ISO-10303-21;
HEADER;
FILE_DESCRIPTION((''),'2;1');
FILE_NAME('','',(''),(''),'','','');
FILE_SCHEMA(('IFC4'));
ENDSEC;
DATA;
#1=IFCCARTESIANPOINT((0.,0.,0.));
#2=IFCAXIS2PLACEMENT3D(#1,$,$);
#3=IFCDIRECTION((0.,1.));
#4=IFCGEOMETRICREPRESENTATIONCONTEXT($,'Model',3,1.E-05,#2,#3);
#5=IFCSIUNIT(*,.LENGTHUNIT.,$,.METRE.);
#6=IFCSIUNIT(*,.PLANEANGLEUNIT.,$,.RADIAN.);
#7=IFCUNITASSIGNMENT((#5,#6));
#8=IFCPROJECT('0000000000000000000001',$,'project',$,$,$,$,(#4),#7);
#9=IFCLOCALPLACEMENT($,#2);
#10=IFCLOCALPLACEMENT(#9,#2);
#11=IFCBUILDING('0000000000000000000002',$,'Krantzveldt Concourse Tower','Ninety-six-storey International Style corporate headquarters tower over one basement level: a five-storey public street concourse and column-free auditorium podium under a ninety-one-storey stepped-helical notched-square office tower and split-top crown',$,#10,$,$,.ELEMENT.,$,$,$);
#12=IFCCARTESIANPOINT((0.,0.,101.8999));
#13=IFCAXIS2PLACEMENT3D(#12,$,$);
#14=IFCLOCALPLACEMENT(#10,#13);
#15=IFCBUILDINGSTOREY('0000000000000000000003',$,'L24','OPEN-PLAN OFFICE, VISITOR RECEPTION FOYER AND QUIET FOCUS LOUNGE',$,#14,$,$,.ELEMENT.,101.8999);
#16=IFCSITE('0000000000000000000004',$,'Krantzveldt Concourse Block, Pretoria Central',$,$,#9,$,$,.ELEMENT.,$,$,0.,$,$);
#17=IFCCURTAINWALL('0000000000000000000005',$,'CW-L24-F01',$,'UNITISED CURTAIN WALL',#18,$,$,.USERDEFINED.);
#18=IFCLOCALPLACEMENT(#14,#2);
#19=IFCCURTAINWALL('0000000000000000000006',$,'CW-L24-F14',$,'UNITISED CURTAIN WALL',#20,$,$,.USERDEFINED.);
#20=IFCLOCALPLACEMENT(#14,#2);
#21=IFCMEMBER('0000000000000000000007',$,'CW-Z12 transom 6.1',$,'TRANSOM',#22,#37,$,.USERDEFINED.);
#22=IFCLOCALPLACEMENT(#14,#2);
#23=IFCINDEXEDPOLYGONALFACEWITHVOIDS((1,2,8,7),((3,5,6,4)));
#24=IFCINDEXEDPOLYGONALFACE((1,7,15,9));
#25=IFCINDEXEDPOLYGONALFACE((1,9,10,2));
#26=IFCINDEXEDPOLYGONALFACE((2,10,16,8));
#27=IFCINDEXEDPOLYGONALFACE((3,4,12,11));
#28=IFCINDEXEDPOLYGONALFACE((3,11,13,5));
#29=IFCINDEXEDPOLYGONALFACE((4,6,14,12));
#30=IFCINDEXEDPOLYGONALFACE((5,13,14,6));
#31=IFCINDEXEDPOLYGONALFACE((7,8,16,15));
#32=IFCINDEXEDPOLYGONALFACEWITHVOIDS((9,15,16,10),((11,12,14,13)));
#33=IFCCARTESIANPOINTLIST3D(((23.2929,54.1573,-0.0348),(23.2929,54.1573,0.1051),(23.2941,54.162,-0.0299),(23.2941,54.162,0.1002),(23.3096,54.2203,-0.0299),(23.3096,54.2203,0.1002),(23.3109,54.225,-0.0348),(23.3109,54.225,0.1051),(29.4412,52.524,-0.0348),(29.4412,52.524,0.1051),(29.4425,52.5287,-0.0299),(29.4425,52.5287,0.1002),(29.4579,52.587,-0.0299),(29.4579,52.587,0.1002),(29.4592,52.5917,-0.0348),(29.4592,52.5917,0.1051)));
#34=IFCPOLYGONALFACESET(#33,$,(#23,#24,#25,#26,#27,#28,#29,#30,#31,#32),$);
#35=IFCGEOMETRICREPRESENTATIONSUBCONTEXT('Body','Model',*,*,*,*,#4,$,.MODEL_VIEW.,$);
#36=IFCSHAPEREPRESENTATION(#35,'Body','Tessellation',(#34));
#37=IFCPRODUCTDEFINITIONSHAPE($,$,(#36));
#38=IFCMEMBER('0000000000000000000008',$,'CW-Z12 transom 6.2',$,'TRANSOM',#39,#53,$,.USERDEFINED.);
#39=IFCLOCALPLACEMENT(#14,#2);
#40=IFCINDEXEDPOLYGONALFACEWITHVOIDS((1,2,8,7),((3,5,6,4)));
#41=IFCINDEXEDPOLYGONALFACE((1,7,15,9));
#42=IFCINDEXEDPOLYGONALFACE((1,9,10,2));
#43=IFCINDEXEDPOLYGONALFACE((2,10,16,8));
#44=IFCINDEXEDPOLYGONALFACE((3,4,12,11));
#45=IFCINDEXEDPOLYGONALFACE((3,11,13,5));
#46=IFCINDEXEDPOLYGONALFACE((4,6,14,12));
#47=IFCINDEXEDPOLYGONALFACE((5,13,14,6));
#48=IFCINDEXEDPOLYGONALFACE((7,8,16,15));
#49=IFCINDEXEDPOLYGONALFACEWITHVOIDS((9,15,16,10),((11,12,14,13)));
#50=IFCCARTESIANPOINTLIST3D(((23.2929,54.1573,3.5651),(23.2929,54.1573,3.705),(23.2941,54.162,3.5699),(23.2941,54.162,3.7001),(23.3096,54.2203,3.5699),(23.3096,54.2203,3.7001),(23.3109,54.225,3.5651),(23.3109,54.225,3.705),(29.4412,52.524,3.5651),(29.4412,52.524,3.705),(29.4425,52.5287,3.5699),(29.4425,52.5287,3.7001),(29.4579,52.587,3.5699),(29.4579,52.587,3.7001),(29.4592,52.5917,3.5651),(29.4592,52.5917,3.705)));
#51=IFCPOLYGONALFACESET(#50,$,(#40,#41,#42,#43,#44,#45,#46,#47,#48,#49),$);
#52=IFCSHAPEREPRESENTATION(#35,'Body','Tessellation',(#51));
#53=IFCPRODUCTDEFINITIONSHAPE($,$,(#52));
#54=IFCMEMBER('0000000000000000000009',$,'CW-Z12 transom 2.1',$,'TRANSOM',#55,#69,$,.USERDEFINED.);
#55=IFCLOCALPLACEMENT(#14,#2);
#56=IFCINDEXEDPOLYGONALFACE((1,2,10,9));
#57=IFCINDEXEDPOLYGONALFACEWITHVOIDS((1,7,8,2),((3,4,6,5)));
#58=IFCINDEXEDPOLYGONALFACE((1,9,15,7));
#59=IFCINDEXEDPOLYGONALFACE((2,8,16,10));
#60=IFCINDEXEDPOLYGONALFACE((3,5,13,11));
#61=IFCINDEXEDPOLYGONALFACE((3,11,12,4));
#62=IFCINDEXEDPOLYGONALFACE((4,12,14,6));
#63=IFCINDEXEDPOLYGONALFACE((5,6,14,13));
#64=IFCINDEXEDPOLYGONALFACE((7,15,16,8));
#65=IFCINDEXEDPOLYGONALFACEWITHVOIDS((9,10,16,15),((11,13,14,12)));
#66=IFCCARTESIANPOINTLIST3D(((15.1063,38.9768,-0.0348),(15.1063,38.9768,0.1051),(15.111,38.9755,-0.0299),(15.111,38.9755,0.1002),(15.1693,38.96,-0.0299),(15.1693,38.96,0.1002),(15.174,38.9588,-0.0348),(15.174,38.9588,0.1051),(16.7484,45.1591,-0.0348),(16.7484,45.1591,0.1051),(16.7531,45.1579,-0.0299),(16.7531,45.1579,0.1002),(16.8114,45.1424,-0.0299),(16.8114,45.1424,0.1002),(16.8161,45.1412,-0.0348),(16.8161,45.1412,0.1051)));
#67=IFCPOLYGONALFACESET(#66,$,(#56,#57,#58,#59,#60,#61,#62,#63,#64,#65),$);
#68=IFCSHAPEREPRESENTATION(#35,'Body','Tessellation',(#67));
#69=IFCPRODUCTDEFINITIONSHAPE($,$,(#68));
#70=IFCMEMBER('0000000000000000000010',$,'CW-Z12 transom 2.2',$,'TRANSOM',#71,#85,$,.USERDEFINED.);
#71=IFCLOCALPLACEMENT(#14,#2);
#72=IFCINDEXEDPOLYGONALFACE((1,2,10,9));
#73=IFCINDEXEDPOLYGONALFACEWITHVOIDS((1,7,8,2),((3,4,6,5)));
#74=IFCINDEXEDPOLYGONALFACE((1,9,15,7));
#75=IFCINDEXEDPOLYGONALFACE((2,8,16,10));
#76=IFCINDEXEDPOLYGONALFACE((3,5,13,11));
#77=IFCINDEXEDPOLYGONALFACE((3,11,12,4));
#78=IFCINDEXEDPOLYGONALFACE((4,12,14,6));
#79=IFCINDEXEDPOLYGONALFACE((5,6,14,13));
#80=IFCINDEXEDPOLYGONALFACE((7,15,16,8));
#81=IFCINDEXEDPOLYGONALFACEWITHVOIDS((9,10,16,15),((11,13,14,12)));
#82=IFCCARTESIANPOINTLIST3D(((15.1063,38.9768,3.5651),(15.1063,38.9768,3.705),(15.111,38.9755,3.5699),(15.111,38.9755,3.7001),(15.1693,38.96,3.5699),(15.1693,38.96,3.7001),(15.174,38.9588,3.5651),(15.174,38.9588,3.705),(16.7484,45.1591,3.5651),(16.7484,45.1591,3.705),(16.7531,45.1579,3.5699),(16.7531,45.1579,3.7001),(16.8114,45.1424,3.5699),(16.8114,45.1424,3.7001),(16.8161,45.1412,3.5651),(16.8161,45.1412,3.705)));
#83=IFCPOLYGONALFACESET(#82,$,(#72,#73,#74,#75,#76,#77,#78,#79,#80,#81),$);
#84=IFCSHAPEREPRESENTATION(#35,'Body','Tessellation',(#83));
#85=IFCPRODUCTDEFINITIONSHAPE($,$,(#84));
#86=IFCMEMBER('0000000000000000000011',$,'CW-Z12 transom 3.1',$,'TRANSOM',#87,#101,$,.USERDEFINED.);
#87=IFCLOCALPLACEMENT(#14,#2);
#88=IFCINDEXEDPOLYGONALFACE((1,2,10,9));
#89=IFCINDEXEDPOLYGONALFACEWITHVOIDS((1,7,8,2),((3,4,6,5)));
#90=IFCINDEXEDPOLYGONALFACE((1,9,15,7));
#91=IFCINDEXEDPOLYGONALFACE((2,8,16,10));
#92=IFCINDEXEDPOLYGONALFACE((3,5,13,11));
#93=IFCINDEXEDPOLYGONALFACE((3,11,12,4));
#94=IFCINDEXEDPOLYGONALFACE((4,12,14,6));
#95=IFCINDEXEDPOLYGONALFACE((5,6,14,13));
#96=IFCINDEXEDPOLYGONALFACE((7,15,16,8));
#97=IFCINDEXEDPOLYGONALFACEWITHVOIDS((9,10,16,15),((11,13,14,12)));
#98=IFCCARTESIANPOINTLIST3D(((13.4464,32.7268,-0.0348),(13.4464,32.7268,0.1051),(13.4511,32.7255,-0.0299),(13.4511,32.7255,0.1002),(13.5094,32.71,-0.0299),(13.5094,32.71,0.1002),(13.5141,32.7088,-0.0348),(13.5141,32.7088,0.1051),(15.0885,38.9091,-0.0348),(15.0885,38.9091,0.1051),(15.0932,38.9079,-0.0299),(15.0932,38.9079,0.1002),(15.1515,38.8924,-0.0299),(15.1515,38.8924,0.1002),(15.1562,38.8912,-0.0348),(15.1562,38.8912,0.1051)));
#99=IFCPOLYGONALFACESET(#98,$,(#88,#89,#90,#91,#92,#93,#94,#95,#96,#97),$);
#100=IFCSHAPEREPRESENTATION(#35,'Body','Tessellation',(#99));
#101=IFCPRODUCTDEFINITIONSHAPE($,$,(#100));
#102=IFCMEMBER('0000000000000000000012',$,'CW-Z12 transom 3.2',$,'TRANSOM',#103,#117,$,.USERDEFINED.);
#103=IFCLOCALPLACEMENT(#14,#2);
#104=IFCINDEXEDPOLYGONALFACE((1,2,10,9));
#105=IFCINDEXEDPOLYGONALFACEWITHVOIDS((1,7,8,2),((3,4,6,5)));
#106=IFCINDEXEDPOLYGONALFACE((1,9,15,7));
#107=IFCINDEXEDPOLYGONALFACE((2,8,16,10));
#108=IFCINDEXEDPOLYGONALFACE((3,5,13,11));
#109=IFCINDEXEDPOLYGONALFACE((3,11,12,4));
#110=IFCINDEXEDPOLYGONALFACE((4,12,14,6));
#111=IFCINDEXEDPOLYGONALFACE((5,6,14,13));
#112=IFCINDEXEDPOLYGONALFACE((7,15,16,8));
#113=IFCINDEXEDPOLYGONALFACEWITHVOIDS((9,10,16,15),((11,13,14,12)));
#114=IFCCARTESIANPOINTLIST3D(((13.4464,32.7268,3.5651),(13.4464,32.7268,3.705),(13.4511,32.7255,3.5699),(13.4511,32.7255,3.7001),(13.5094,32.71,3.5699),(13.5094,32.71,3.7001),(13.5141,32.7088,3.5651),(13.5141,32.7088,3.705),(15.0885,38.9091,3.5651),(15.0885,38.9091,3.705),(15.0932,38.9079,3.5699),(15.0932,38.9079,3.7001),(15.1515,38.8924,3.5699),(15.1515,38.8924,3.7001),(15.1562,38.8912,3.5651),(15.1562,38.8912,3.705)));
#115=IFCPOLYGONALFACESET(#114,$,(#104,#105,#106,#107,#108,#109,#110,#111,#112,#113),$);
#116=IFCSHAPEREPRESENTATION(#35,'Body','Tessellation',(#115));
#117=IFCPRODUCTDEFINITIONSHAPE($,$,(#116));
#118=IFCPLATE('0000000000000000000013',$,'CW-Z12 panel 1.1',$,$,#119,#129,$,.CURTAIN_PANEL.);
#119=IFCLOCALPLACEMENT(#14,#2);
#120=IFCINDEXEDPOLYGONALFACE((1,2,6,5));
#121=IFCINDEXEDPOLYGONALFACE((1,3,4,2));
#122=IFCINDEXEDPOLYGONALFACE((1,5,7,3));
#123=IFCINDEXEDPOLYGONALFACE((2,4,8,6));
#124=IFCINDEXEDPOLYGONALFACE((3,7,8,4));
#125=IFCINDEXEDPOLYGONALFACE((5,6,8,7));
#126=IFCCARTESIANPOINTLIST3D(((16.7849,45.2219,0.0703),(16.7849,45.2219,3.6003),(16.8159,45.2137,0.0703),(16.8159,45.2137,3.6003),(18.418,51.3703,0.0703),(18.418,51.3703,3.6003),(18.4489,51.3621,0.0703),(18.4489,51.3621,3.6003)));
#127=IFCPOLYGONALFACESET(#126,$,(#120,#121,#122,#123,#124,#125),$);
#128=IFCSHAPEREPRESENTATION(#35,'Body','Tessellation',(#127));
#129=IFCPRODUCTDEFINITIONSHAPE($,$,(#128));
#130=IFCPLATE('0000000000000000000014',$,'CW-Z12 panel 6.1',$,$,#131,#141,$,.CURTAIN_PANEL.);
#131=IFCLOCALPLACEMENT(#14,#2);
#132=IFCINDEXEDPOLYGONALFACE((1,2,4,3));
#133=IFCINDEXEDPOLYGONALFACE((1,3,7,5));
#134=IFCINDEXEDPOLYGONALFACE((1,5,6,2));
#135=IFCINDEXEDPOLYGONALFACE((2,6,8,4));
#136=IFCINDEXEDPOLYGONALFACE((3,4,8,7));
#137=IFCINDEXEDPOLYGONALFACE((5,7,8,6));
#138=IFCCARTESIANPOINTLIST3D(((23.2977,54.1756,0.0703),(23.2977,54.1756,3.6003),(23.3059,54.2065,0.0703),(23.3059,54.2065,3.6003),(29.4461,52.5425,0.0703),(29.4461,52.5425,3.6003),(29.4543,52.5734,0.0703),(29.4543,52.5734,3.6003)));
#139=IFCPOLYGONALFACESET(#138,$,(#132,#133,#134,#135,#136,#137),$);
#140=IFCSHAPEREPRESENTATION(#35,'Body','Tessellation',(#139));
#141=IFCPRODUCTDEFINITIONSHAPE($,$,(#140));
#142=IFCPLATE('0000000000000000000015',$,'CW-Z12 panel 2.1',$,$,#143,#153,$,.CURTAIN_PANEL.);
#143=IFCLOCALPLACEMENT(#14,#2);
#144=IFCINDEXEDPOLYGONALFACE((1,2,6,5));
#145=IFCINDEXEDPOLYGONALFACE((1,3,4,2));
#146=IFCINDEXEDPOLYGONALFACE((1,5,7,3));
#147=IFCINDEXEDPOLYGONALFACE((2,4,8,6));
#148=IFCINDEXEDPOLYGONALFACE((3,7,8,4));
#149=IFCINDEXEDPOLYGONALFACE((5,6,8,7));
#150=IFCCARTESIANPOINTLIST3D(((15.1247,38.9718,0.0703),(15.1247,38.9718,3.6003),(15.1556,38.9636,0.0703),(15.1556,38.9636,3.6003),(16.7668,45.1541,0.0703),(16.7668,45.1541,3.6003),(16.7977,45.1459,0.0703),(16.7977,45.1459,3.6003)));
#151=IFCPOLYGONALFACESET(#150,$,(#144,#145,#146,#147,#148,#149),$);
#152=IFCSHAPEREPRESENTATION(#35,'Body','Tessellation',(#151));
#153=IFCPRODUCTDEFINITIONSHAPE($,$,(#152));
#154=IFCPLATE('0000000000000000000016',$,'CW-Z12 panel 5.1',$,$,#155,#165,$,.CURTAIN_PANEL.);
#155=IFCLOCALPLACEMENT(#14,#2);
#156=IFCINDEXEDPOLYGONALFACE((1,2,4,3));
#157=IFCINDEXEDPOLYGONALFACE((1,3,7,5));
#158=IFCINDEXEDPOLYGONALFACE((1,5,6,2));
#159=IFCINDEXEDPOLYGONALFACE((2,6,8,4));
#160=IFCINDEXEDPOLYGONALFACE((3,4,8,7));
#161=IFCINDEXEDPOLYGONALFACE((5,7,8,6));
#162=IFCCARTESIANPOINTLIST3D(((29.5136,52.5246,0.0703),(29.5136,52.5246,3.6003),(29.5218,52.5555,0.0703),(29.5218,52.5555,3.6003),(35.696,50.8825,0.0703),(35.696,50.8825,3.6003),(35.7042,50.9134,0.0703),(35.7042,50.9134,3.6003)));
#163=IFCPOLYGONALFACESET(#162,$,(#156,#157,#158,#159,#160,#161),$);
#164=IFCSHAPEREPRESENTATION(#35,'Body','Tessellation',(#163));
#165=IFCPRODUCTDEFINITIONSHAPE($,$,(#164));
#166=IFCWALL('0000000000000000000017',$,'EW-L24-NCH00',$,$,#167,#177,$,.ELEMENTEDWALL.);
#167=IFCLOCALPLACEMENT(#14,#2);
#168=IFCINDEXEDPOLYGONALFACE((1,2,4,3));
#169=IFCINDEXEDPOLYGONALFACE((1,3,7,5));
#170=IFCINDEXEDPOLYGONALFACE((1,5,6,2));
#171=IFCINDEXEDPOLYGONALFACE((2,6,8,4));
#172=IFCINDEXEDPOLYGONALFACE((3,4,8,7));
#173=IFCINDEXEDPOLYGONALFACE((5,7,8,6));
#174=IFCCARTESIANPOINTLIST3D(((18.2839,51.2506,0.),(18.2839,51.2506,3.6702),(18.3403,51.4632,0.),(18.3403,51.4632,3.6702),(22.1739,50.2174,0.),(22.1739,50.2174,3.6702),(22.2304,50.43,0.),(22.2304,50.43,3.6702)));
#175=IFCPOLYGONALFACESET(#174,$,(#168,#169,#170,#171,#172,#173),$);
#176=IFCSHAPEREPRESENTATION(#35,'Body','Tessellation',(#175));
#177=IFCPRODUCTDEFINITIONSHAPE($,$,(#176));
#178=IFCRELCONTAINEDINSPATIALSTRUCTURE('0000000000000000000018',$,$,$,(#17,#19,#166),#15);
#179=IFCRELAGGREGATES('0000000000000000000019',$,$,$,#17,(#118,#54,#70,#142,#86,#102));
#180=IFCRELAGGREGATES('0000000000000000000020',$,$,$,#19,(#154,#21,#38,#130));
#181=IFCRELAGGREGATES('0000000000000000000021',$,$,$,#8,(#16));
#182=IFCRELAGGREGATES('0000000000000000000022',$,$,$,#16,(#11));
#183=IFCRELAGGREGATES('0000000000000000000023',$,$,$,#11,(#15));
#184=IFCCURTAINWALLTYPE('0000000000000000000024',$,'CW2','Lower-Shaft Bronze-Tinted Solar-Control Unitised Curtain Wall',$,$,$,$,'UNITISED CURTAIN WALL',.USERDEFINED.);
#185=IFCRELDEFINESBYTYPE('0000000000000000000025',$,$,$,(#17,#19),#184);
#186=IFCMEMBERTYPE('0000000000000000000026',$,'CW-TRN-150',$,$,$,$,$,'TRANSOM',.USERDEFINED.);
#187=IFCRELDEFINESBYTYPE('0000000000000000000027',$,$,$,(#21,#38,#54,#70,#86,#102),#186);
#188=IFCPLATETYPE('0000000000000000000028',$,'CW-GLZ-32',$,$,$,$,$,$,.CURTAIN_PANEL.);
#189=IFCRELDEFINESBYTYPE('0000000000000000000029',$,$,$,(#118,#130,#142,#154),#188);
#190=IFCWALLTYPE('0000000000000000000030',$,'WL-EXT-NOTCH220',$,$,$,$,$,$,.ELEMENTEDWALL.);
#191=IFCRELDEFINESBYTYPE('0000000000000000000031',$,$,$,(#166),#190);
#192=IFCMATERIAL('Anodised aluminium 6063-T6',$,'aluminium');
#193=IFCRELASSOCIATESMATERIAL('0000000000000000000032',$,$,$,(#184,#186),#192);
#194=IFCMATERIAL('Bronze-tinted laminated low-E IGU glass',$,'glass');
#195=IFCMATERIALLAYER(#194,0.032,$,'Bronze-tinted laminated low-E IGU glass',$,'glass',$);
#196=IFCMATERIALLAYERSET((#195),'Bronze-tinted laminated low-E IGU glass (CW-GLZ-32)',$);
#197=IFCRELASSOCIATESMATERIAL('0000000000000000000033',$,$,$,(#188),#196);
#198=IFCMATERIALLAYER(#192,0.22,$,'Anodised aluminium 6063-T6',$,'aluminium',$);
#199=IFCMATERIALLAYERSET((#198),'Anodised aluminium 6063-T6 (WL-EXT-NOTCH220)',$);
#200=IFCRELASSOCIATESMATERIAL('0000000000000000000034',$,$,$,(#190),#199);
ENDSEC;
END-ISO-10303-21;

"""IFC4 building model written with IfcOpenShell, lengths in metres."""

from ifc_helpers import new_model, si_unit, direction, frame, frame_2d, origin, origin_2d, place, context, subcontext, project, spatial, rectangle, hollow_rectangle, extrude, source, transform, mapped, material, layer, layer_set, material_profile, profile_set, type_object, type_shapes, element, aggregate, save


model = new_model("IFC4")

# Units and contexts
model_context = context("Model", 3, precision=1e-05, world=origin(), true_north=direction((0.0, 1.0)))
body_context = subcontext(model_context, "Body", "Model", "MODEL_VIEW")
ifc_project = project(units=[si_unit("LENGTHUNIT", "METRE"), si_unit("PLANEANGLEUNIT", "RADIAN")], contexts=[model_context])

# Site, building, storey
site_placement = place(None, origin())
site = spatial("IfcSite", under=ifc_project, at=site_placement, Name="Krantzveldt Concourse Block, Pretoria Central", CompositionType="ELEMENT", RefElevation=0.0)
building_placement = place(site_placement, origin())
building = spatial("IfcBuilding", under=site, at=building_placement, Name="Krantzveldt Concourse Tower", Description="Ninety-six-storey International Style corporate headquarters tower over one basement level: a five-storey public street concourse and column-free auditorium podium under a ninety-one-storey stepped-helical notched-square office tower and split-top crown", CompositionType="ELEMENT")
storey_placement = place(building_placement, frame((0.0, 0.0, 101.8999)))
storey = spatial("IfcBuildingStorey", under=building, at=storey_placement, Name="L24", Description="OPEN-PLAN OFFICE, VISITOR RECEPTION FOYER AND QUIET FOCUS LOUNGE", CompositionType="ELEMENT", Elevation=101.8999)

# Curtain walls
ifc_material_1 = material(Name="Anodised aluminium 6063-T6", Category="aluminium")
curtain_wall_type = type_object("IfcCurtainWallType", Name="CW2", Description="Lower-Shaft Bronze-Tinted Solar-Control Unitised Curtain Wall", ElementType="UNITISED CURTAIN WALL", PredefinedType="USERDEFINED", material=ifc_material_1)
curtain_wall_1_placement = place(storey_placement, origin())
curtain_wall_1 = element("IfcCurtainWall", 1, at=curtain_wall_1_placement, inside=storey, type_object=curtain_wall_type, Name="CW-L24-F01", ObjectType="UNITISED CURTAIN WALL", PredefinedType="USERDEFINED")
curtain_wall_2_placement = place(storey_placement, origin())
curtain_wall_2 = element("IfcCurtainWall", 2, at=curtain_wall_2_placement, inside=storey, type_object=curtain_wall_type, Name="CW-L24-F14", ObjectType="UNITISED CURTAIN WALL", PredefinedType="USERDEFINED")

# Members
ifc_material_profile_1 = material_profile(ifc_material_1, hollow_rectangle(XDim=0.0701, YDim=0.1399, WallThickness=0.0049, at=origin_2d()), Name="Anodised aluminium 6063-T6", Category="aluminium")
ifc_profile_set_1 = profile_set([ifc_material_profile_1], Name="Anodised aluminium 6063-T6 - ALU-TRAN 140x70x5")
member_type_1 = type_object("IfcMemberType", Name="CW-TRN-150", ElementType="TRANSOM", PredefinedType="USERDEFINED", material=ifc_profile_set_1)
shared_shape_1 = source(origin(), body_context, "Body", "SweptSolid", [
    extrude(hollow_rectangle(XDim=0.0701, YDim=0.1399, WallThickness=0.0049, at=origin_2d()), origin(), (0.0, 0.0, 1.0), 6.3616),
])
member_1_placement = place(storey_placement, frame((29.4502, 52.5579, 0.0352), z_axis=(-0.96648, 0.256741, 0.0), x_axis=(-0.256741, -0.96648, 0.0)))
member_1 = element("IfcMember", 3, at=member_1_placement, type_object=member_type_1, Name="CW-Z12 transom 6.1", ObjectType="TRANSOM", PredefinedType="USERDEFINED", context=body_context, shape_type="MappedRepresentation", body=[
    mapped(shared_shape_1, transform((0.0, 0.0, 0.0), x_axis=(1.0, 0.0, 0.0), y_axis=(0.0, 1.0, 0.0), z_axis=(0.0, 0.0, 1.0), scale=1.0)),
])
member_2_placement = place(storey_placement, frame((29.4502, 52.5579, 3.635), z_axis=(-0.96648, 0.256741, 0.0), x_axis=(-0.256741, -0.96648, 0.0)))
member_2 = element("IfcMember", 4, at=member_2_placement, type_object=member_type_1, Name="CW-Z12 transom 6.2", ObjectType="TRANSOM", PredefinedType="USERDEFINED", context=body_context, shape_type="MappedRepresentation", body=[
    mapped(shared_shape_1, transform((0.0, 0.0, 0.0), x_axis=(1.0, 0.0, 0.0), y_axis=(0.0, 1.0, 0.0), z_axis=(0.0, 0.0, 1.0), scale=1.0)),
])
shared_shape_2 = source(origin(), body_context, "Body", "SweptSolid", [
    extrude(hollow_rectangle(XDim=0.0701, YDim=0.1399, WallThickness=0.0049, at=origin_2d()), origin(), (0.0, 0.0, 1.0), 6.3967),
])
type_shapes(member_type_1, [shared_shape_1, shared_shape_2])
member_3_placement = place(storey_placement, frame((16.7822, 45.1501, 0.0352), z_axis=(-0.256708, -0.966489, 0.0), x_axis=(0.966489, -0.256708, 0.0)))
member_3 = element("IfcMember", 5, at=member_3_placement, type_object=member_type_1, Name="CW-Z12 transom 2.1", ObjectType="TRANSOM", PredefinedType="USERDEFINED", context=body_context, shape_type="MappedRepresentation", body=[
    mapped(shared_shape_2, transform((0.0, 0.0, 0.0), x_axis=(1.0, 0.0, 0.0), y_axis=(0.0, 1.0, 0.0), z_axis=(0.0, 0.0, 1.0), scale=1.0)),
])
member_4_placement = place(storey_placement, frame((16.7822, 45.1501, 3.635), z_axis=(-0.256708, -0.966489, 0.0), x_axis=(0.966489, -0.256708, 0.0)))
member_4 = element("IfcMember", 6, at=member_4_placement, type_object=member_type_1, Name="CW-Z12 transom 2.2", ObjectType="TRANSOM", PredefinedType="USERDEFINED", context=body_context, shape_type="MappedRepresentation", body=[
    mapped(shared_shape_2, transform((0.0, 0.0, 0.0), x_axis=(1.0, 0.0, 0.0), y_axis=(0.0, 1.0, 0.0), z_axis=(0.0, 0.0, 1.0), scale=1.0)),
])
member_5_placement = place(storey_placement, frame((15.1223, 38.9001, 0.0352), z_axis=(-0.256708, -0.966489, 0.0), x_axis=(0.966489, -0.256708, 0.0)))
member_5 = element("IfcMember", 7, at=member_5_placement, type_object=member_type_1, Name="CW-Z12 transom 3.1", ObjectType="TRANSOM", PredefinedType="USERDEFINED", context=body_context, shape_type="MappedRepresentation", body=[
    mapped(shared_shape_2, transform((0.0, 0.0, 0.0), x_axis=(1.0, 0.0, 0.0), y_axis=(0.0, 1.0, 0.0), z_axis=(0.0, 0.0, 1.0), scale=1.0)),
])
member_6_placement = place(storey_placement, frame((15.1223, 38.9001, 3.635), z_axis=(-0.256708, -0.966489, 0.0), x_axis=(0.966489, -0.256708, 0.0)))
member_6 = element("IfcMember", 8, at=member_6_placement, type_object=member_type_1, Name="CW-Z12 transom 3.2", ObjectType="TRANSOM", PredefinedType="USERDEFINED", context=body_context, shape_type="MappedRepresentation", body=[
    mapped(shared_shape_2, transform((0.0, 0.0, 0.0), x_axis=(1.0, 0.0, 0.0), y_axis=(0.0, 1.0, 0.0), z_axis=(0.0, 0.0, 1.0), scale=1.0)),
])

# Plates
ifc_material_2 = material(Name="Bronze-tinted laminated low-E IGU glass", Category="glass")
ifc_layer_1 = layer(ifc_material_2, 0.032, Name="Bronze-tinted laminated low-E IGU glass", Category="glass")
ifc_layer_set_1 = layer_set([ifc_layer_1], Name="Bronze-tinted laminated low-E IGU glass (CW-GLZ-32)")
plate_type = type_object("IfcPlateType", Name="CW-GLZ-32", PredefinedType="CURTAIN_PANEL", material=ifc_layer_set_1)
shared_shape_3 = source(origin(), body_context, "Body", "SweptSolid", [
    extrude(rectangle(XDim=6.3616, YDim=0.032, at=origin_2d()), origin(), (0.0, 0.0, 1.0), 3.53),
])
plate_1_placement = place(storey_placement, frame((17.6169, 48.292, 0.0703), z_axis=(0.0, 0.0, 1.0), x_axis=(-0.256711, -0.966488, 0.0)))
plate_1 = element("IfcPlate", 9, at=plate_1_placement, type_object=plate_type, Name="CW-Z12 panel 1.1", PredefinedType="CURTAIN_PANEL", context=body_context, shape_type="MappedRepresentation", body=[
    mapped(shared_shape_3, transform((0.0, 0.0, 0.0), x_axis=(1.0, 0.0, 0.0), y_axis=(0.0, 1.0, 0.0), z_axis=(0.0, 0.0, 1.0), scale=1.0)),
])
plate_2_placement = place(storey_placement, frame((26.376, 53.3745, 0.0703), z_axis=(0.0, 0.0, 1.0), x_axis=(-0.966488, 0.256711, 0.0)))
plate_2 = element("IfcPlate", 10, at=plate_2_placement, type_object=plate_type, Name="CW-Z12 panel 6.1", PredefinedType="CURTAIN_PANEL", context=body_context, shape_type="MappedRepresentation", body=[
    mapped(shared_shape_3, transform((0.0, 0.0, 0.0), x_axis=(1.0, 0.0, 0.0), y_axis=(0.0, 1.0, 0.0), z_axis=(0.0, 0.0, 1.0), scale=1.0)),
])
shared_shape_4 = source(origin(), body_context, "Body", "SweptSolid", [
    extrude(rectangle(XDim=6.3967, YDim=0.032, at=origin_2d()), origin(), (0.0, 0.0, 1.0), 3.53),
])
type_shapes(plate_type, [shared_shape_3, shared_shape_4])
plate_3_placement = place(storey_placement, frame((15.9612, 42.0588, 0.0703), z_axis=(0.0, 0.0, 1.0), x_axis=(-0.256711, -0.966488, 0.0)))
plate_3 = element("IfcPlate", 11, at=plate_3_placement, type_object=plate_type, Name="CW-Z12 panel 2.1", PredefinedType="CURTAIN_PANEL", context=body_context, shape_type="MappedRepresentation", body=[
    mapped(shared_shape_4, transform((0.0, 0.0, 0.0), x_axis=(1.0, 0.0, 0.0), y_axis=(0.0, 1.0, 0.0), z_axis=(0.0, 0.0, 1.0), scale=1.0)),
])
aggregate(curtain_wall_1, [plate_1, member_3, member_4, plate_3, member_5, member_6])
plate_4_placement = place(storey_placement, frame((32.6089, 51.719, 0.0703), z_axis=(0.0, 0.0, 1.0), x_axis=(-0.966488, 0.256711, 0.0)))
plate_4 = element("IfcPlate", 12, at=plate_4_placement, type_object=plate_type, Name="CW-Z12 panel 5.1", PredefinedType="CURTAIN_PANEL", context=body_context, shape_type="MappedRepresentation", body=[
    mapped(shared_shape_4, transform((0.0, 0.0, 0.0), x_axis=(1.0, 0.0, 0.0), y_axis=(0.0, 1.0, 0.0), z_axis=(0.0, 0.0, 1.0), scale=1.0)),
])
aggregate(curtain_wall_2, [plate_4, member_1, member_2, plate_2])

# Wall
ifc_layer_2 = layer(ifc_material_1, 0.22, Name="Anodised aluminium 6063-T6", Category="aluminium")
ifc_layer_set_2 = layer_set([ifc_layer_2], Name="Anodised aluminium 6063-T6 (WL-EXT-NOTCH220)")
wall_type_1 = type_object("IfcWallType", Name="WL-EXT-NOTCH220", PredefinedType="ELEMENTEDWALL", material=ifc_layer_set_2)
wall_1_placement = place(storey_placement, frame((22.2021, 50.3237, 0.0), z_axis=(0.0, 0.0, 1.0), x_axis=(-0.966492, 0.256696, 0.0)))
element("IfcWall", 13, at=wall_1_placement, inside=storey, type_object=wall_type_1, Name="EW-L24-NCH00", PredefinedType="ELEMENTEDWALL", context=body_context, shape_type="SweptSolid", body=[
    extrude(rectangle(XDim=4.0249, YDim=0.22, at=frame_2d((2.0125, 0.0))), origin(), (0.0, 0.0, 1.0), 3.6702),
])

save(model, "model.ifc")
